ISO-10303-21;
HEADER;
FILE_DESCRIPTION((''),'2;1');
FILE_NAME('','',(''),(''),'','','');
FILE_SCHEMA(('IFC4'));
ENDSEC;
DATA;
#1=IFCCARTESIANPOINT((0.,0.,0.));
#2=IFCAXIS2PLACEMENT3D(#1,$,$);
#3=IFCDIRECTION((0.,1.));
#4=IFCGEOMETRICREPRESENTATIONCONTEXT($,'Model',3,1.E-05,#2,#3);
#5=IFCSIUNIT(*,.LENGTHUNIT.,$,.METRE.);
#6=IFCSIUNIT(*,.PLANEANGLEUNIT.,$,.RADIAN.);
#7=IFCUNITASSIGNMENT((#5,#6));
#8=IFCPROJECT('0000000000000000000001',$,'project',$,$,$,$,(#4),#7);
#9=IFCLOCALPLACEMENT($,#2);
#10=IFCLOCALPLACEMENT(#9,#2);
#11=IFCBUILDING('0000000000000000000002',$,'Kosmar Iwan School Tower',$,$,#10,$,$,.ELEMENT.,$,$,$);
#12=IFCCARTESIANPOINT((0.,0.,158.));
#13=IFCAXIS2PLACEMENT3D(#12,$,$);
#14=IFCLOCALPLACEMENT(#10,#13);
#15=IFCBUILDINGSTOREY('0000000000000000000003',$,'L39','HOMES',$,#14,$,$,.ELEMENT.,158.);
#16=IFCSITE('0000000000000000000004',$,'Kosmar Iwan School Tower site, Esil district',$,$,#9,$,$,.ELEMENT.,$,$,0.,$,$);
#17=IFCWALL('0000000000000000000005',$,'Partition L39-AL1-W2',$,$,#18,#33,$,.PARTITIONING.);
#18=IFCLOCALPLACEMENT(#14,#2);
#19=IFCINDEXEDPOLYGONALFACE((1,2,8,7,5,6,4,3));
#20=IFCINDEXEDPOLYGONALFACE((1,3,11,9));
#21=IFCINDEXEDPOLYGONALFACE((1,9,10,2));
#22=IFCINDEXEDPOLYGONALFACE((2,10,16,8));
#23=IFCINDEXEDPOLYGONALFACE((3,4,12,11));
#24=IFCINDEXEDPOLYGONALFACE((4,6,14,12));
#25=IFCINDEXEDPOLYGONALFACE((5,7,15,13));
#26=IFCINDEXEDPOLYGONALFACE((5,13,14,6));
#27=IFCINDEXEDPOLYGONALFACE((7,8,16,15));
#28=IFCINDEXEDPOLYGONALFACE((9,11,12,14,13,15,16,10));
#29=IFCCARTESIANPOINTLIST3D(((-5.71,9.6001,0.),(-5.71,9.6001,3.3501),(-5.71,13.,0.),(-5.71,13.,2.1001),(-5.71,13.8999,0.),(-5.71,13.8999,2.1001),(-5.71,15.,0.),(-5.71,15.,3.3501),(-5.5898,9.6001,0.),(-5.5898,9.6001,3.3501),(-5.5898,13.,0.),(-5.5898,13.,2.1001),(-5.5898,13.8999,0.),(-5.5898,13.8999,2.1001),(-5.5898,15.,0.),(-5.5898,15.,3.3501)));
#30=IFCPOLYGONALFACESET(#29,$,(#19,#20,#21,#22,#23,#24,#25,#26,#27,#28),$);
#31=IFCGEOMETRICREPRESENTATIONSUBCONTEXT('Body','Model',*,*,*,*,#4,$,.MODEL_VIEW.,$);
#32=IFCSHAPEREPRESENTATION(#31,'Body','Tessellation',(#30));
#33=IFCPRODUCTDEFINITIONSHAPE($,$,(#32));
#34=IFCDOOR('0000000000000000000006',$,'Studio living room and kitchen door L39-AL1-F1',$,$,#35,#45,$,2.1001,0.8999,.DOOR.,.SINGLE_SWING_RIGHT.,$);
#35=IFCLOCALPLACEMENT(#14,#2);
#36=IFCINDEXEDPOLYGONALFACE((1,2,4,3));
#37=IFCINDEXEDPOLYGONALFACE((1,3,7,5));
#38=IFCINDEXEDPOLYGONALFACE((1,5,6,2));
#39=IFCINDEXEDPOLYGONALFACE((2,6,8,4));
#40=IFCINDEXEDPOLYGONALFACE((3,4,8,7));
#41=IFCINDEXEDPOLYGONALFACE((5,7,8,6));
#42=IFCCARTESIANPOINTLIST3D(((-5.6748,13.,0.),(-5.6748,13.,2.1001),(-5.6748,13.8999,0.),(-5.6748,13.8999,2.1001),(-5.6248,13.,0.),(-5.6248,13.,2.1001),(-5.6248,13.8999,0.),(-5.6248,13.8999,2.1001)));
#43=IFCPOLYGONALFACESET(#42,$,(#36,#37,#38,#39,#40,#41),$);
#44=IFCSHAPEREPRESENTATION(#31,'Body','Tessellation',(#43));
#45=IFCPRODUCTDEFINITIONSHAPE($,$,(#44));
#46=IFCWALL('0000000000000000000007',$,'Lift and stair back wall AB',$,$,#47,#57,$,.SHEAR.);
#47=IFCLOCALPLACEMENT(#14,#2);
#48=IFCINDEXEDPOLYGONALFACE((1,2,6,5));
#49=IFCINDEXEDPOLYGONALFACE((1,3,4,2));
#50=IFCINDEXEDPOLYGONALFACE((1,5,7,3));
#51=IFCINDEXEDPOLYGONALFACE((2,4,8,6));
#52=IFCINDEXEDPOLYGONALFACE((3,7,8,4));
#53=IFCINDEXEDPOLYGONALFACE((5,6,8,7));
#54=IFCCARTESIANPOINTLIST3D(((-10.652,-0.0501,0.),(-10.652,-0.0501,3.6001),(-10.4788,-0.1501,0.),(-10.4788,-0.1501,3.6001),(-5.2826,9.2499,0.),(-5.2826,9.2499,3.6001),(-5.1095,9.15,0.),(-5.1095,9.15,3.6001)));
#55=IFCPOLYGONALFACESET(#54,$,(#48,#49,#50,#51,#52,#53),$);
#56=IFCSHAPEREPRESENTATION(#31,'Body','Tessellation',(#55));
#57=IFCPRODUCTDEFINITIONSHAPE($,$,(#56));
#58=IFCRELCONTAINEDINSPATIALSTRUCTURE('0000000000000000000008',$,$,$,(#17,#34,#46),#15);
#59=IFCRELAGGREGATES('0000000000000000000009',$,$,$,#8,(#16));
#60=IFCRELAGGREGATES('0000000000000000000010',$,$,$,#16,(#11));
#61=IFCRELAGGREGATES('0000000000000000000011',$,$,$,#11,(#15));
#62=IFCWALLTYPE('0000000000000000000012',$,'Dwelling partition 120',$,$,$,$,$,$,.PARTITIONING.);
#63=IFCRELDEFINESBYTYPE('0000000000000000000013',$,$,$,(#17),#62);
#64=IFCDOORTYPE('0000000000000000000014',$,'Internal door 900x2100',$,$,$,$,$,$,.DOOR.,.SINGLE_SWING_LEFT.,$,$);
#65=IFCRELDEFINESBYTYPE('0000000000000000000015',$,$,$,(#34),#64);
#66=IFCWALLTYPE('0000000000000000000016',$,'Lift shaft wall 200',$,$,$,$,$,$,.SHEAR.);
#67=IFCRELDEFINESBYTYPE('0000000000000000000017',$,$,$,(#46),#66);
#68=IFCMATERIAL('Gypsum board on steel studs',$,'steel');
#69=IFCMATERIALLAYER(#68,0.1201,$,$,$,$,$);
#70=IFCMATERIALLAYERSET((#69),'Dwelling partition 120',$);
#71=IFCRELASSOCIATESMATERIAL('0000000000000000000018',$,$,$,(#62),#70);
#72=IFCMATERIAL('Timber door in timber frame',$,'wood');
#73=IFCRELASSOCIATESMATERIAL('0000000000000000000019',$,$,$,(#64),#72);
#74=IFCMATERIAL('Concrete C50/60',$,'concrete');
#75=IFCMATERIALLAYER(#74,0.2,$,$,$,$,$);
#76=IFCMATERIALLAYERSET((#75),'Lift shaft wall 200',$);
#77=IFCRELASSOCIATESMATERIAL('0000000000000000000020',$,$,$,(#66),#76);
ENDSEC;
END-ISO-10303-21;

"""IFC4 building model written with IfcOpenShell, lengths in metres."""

from ifc_helpers import new_model, si_unit, direction, frame, frame_2d, origin, place, context, subcontext, project, spatial, rectangle, extrude, material, layer, layer_set, type_object, element, fill, save


model = new_model("IFC4")

# Units and contexts
model_context = context("Model", 3, precision=1e-05, world=origin(), true_north=direction((0.0, 1.0)))
body_context = subcontext(model_context, "Body", "Model", "MODEL_VIEW")
ifc_project = project(units=[si_unit("LENGTHUNIT", "METRE"), si_unit("PLANEANGLEUNIT", "RADIAN")], contexts=[model_context])

# Site, building, storey
site_placement = place(None, origin())
site = spatial("IfcSite", under=ifc_project, at=site_placement, Name="Kosmar Iwan School Tower site, Esil district", CompositionType="ELEMENT", RefElevation=0.0)
building_placement = place(site_placement, origin())
building = spatial("IfcBuilding", under=site, at=building_placement, Name="Kosmar Iwan School Tower", CompositionType="ELEMENT")
storey_placement = place(building_placement, frame((0.0, 0.0, 158.0)))
storey = spatial("IfcBuildingStorey", under=building, at=storey_placement, Name="L39", Description="HOMES", CompositionType="ELEMENT", Elevation=158.0)

# Shared definitions
ifc_material_1 = material(Name="Gypsum board on steel studs", Category="steel")
ifc_layer_1 = layer(ifc_material_1, 0.1201)
ifc_layer_set_1 = layer_set([ifc_layer_1], Name="Dwelling partition 120")
wall_type_1 = type_object("IfcWallType", Name="Dwelling partition 120", PredefinedType="PARTITIONING", material=ifc_layer_set_1)
ifc_material_2 = material(Name="Timber door in timber frame", Category="wood")
door_type_1 = type_object("IfcDoorType", Name="Internal door 900x2100", OperationType="SINGLE_SWING_LEFT", PredefinedType="DOOR", material=ifc_material_2)

# Wall, opening, door
wall_1_placement = place(storey_placement, frame((-5.6499, 9.6001, 0.0), z_axis=(0.0, 0.0, 1.0), x_axis=(0.0, 1.0, 0.0)))
wall_1 = element("IfcWall", 1, at=wall_1_placement, inside=storey, type_object=wall_type_1, Name="Partition L39-AL1-W2", PredefinedType="PARTITIONING", context=body_context, shape_type="SweptSolid", body=[
    extrude(rectangle(XDim=5.3999, YDim=0.1201, at=frame_2d((2.7, 0.0))), origin(), (0.0, 0.0, 1.0), 3.3501),
])
opening_1_placement = place(wall_1_placement, frame((3.3999, 0.0, 0.0)))
opening_1 = element("IfcOpeningElement", 2, at=opening_1_placement, cuts=wall_1, PredefinedType="OPENING", context=body_context, shape_type="SweptSolid", body=[
    extrude(rectangle(XDim=0.8999, YDim=2.1001, at=frame_2d((0.45, 1.05))), frame((0.0, 0.072, 0.0), z_axis=(0.0, -1.0, 0.0), x_axis=(1.0, 0.0, 0.0)), (0.0, 0.0, 1.0), 0.144),
])
door_1_placement = place(opening_1_placement, origin())
door_1 = element("IfcDoor", 3, at=door_1_placement, inside=storey, type_object=door_type_1, Name="Studio living room and kitchen door L39-AL1-F1", OperationType="SINGLE_SWING_RIGHT", OverallHeight=2.1001, OverallWidth=0.8999, PredefinedType="DOOR", context=body_context, shape_type="SweptSolid", body=[
    extrude(rectangle(XDim=0.8999, YDim=2.1001, at=frame_2d((0.45, 1.05))), frame((0.0, 0.0249, 0.0), z_axis=(0.0, -1.0, 0.0), x_axis=(1.0, 0.0, 0.0)), (0.0, 0.0, 1.0), 0.05),
])
fill(opening_1, door_1)

# Wall
ifc_material_3 = material(Name="Concrete C50/60", Category="concrete")
ifc_layer_2 = layer(ifc_material_3, 0.2)
ifc_layer_set_2 = layer_set([ifc_layer_2], Name="Lift shaft wall 200")
wall_type_2 = type_object("IfcWallType", Name="Lift shaft wall 200", PredefinedType="SHEAR", material=ifc_layer_set_2)
wall_2_placement = place(storey_placement, frame((-5.196, 9.2, 0.0), z_axis=(0.0, 0.0, 1.0), x_axis=(-0.5, -0.866025, 0.0)))
element("IfcWall", 4, at=wall_2_placement, inside=storey, type_object=wall_type_2, Name="Lift and stair back wall AB", PredefinedType="SHEAR", context=body_context, shape_type="SweptSolid", body=[
    extrude(rectangle(XDim=10.7388, YDim=0.2, at=frame_2d((5.3694, 0.0))), origin(), (0.0, 0.0, 1.0), 3.6001),
])

save(model, "model.ifc")
